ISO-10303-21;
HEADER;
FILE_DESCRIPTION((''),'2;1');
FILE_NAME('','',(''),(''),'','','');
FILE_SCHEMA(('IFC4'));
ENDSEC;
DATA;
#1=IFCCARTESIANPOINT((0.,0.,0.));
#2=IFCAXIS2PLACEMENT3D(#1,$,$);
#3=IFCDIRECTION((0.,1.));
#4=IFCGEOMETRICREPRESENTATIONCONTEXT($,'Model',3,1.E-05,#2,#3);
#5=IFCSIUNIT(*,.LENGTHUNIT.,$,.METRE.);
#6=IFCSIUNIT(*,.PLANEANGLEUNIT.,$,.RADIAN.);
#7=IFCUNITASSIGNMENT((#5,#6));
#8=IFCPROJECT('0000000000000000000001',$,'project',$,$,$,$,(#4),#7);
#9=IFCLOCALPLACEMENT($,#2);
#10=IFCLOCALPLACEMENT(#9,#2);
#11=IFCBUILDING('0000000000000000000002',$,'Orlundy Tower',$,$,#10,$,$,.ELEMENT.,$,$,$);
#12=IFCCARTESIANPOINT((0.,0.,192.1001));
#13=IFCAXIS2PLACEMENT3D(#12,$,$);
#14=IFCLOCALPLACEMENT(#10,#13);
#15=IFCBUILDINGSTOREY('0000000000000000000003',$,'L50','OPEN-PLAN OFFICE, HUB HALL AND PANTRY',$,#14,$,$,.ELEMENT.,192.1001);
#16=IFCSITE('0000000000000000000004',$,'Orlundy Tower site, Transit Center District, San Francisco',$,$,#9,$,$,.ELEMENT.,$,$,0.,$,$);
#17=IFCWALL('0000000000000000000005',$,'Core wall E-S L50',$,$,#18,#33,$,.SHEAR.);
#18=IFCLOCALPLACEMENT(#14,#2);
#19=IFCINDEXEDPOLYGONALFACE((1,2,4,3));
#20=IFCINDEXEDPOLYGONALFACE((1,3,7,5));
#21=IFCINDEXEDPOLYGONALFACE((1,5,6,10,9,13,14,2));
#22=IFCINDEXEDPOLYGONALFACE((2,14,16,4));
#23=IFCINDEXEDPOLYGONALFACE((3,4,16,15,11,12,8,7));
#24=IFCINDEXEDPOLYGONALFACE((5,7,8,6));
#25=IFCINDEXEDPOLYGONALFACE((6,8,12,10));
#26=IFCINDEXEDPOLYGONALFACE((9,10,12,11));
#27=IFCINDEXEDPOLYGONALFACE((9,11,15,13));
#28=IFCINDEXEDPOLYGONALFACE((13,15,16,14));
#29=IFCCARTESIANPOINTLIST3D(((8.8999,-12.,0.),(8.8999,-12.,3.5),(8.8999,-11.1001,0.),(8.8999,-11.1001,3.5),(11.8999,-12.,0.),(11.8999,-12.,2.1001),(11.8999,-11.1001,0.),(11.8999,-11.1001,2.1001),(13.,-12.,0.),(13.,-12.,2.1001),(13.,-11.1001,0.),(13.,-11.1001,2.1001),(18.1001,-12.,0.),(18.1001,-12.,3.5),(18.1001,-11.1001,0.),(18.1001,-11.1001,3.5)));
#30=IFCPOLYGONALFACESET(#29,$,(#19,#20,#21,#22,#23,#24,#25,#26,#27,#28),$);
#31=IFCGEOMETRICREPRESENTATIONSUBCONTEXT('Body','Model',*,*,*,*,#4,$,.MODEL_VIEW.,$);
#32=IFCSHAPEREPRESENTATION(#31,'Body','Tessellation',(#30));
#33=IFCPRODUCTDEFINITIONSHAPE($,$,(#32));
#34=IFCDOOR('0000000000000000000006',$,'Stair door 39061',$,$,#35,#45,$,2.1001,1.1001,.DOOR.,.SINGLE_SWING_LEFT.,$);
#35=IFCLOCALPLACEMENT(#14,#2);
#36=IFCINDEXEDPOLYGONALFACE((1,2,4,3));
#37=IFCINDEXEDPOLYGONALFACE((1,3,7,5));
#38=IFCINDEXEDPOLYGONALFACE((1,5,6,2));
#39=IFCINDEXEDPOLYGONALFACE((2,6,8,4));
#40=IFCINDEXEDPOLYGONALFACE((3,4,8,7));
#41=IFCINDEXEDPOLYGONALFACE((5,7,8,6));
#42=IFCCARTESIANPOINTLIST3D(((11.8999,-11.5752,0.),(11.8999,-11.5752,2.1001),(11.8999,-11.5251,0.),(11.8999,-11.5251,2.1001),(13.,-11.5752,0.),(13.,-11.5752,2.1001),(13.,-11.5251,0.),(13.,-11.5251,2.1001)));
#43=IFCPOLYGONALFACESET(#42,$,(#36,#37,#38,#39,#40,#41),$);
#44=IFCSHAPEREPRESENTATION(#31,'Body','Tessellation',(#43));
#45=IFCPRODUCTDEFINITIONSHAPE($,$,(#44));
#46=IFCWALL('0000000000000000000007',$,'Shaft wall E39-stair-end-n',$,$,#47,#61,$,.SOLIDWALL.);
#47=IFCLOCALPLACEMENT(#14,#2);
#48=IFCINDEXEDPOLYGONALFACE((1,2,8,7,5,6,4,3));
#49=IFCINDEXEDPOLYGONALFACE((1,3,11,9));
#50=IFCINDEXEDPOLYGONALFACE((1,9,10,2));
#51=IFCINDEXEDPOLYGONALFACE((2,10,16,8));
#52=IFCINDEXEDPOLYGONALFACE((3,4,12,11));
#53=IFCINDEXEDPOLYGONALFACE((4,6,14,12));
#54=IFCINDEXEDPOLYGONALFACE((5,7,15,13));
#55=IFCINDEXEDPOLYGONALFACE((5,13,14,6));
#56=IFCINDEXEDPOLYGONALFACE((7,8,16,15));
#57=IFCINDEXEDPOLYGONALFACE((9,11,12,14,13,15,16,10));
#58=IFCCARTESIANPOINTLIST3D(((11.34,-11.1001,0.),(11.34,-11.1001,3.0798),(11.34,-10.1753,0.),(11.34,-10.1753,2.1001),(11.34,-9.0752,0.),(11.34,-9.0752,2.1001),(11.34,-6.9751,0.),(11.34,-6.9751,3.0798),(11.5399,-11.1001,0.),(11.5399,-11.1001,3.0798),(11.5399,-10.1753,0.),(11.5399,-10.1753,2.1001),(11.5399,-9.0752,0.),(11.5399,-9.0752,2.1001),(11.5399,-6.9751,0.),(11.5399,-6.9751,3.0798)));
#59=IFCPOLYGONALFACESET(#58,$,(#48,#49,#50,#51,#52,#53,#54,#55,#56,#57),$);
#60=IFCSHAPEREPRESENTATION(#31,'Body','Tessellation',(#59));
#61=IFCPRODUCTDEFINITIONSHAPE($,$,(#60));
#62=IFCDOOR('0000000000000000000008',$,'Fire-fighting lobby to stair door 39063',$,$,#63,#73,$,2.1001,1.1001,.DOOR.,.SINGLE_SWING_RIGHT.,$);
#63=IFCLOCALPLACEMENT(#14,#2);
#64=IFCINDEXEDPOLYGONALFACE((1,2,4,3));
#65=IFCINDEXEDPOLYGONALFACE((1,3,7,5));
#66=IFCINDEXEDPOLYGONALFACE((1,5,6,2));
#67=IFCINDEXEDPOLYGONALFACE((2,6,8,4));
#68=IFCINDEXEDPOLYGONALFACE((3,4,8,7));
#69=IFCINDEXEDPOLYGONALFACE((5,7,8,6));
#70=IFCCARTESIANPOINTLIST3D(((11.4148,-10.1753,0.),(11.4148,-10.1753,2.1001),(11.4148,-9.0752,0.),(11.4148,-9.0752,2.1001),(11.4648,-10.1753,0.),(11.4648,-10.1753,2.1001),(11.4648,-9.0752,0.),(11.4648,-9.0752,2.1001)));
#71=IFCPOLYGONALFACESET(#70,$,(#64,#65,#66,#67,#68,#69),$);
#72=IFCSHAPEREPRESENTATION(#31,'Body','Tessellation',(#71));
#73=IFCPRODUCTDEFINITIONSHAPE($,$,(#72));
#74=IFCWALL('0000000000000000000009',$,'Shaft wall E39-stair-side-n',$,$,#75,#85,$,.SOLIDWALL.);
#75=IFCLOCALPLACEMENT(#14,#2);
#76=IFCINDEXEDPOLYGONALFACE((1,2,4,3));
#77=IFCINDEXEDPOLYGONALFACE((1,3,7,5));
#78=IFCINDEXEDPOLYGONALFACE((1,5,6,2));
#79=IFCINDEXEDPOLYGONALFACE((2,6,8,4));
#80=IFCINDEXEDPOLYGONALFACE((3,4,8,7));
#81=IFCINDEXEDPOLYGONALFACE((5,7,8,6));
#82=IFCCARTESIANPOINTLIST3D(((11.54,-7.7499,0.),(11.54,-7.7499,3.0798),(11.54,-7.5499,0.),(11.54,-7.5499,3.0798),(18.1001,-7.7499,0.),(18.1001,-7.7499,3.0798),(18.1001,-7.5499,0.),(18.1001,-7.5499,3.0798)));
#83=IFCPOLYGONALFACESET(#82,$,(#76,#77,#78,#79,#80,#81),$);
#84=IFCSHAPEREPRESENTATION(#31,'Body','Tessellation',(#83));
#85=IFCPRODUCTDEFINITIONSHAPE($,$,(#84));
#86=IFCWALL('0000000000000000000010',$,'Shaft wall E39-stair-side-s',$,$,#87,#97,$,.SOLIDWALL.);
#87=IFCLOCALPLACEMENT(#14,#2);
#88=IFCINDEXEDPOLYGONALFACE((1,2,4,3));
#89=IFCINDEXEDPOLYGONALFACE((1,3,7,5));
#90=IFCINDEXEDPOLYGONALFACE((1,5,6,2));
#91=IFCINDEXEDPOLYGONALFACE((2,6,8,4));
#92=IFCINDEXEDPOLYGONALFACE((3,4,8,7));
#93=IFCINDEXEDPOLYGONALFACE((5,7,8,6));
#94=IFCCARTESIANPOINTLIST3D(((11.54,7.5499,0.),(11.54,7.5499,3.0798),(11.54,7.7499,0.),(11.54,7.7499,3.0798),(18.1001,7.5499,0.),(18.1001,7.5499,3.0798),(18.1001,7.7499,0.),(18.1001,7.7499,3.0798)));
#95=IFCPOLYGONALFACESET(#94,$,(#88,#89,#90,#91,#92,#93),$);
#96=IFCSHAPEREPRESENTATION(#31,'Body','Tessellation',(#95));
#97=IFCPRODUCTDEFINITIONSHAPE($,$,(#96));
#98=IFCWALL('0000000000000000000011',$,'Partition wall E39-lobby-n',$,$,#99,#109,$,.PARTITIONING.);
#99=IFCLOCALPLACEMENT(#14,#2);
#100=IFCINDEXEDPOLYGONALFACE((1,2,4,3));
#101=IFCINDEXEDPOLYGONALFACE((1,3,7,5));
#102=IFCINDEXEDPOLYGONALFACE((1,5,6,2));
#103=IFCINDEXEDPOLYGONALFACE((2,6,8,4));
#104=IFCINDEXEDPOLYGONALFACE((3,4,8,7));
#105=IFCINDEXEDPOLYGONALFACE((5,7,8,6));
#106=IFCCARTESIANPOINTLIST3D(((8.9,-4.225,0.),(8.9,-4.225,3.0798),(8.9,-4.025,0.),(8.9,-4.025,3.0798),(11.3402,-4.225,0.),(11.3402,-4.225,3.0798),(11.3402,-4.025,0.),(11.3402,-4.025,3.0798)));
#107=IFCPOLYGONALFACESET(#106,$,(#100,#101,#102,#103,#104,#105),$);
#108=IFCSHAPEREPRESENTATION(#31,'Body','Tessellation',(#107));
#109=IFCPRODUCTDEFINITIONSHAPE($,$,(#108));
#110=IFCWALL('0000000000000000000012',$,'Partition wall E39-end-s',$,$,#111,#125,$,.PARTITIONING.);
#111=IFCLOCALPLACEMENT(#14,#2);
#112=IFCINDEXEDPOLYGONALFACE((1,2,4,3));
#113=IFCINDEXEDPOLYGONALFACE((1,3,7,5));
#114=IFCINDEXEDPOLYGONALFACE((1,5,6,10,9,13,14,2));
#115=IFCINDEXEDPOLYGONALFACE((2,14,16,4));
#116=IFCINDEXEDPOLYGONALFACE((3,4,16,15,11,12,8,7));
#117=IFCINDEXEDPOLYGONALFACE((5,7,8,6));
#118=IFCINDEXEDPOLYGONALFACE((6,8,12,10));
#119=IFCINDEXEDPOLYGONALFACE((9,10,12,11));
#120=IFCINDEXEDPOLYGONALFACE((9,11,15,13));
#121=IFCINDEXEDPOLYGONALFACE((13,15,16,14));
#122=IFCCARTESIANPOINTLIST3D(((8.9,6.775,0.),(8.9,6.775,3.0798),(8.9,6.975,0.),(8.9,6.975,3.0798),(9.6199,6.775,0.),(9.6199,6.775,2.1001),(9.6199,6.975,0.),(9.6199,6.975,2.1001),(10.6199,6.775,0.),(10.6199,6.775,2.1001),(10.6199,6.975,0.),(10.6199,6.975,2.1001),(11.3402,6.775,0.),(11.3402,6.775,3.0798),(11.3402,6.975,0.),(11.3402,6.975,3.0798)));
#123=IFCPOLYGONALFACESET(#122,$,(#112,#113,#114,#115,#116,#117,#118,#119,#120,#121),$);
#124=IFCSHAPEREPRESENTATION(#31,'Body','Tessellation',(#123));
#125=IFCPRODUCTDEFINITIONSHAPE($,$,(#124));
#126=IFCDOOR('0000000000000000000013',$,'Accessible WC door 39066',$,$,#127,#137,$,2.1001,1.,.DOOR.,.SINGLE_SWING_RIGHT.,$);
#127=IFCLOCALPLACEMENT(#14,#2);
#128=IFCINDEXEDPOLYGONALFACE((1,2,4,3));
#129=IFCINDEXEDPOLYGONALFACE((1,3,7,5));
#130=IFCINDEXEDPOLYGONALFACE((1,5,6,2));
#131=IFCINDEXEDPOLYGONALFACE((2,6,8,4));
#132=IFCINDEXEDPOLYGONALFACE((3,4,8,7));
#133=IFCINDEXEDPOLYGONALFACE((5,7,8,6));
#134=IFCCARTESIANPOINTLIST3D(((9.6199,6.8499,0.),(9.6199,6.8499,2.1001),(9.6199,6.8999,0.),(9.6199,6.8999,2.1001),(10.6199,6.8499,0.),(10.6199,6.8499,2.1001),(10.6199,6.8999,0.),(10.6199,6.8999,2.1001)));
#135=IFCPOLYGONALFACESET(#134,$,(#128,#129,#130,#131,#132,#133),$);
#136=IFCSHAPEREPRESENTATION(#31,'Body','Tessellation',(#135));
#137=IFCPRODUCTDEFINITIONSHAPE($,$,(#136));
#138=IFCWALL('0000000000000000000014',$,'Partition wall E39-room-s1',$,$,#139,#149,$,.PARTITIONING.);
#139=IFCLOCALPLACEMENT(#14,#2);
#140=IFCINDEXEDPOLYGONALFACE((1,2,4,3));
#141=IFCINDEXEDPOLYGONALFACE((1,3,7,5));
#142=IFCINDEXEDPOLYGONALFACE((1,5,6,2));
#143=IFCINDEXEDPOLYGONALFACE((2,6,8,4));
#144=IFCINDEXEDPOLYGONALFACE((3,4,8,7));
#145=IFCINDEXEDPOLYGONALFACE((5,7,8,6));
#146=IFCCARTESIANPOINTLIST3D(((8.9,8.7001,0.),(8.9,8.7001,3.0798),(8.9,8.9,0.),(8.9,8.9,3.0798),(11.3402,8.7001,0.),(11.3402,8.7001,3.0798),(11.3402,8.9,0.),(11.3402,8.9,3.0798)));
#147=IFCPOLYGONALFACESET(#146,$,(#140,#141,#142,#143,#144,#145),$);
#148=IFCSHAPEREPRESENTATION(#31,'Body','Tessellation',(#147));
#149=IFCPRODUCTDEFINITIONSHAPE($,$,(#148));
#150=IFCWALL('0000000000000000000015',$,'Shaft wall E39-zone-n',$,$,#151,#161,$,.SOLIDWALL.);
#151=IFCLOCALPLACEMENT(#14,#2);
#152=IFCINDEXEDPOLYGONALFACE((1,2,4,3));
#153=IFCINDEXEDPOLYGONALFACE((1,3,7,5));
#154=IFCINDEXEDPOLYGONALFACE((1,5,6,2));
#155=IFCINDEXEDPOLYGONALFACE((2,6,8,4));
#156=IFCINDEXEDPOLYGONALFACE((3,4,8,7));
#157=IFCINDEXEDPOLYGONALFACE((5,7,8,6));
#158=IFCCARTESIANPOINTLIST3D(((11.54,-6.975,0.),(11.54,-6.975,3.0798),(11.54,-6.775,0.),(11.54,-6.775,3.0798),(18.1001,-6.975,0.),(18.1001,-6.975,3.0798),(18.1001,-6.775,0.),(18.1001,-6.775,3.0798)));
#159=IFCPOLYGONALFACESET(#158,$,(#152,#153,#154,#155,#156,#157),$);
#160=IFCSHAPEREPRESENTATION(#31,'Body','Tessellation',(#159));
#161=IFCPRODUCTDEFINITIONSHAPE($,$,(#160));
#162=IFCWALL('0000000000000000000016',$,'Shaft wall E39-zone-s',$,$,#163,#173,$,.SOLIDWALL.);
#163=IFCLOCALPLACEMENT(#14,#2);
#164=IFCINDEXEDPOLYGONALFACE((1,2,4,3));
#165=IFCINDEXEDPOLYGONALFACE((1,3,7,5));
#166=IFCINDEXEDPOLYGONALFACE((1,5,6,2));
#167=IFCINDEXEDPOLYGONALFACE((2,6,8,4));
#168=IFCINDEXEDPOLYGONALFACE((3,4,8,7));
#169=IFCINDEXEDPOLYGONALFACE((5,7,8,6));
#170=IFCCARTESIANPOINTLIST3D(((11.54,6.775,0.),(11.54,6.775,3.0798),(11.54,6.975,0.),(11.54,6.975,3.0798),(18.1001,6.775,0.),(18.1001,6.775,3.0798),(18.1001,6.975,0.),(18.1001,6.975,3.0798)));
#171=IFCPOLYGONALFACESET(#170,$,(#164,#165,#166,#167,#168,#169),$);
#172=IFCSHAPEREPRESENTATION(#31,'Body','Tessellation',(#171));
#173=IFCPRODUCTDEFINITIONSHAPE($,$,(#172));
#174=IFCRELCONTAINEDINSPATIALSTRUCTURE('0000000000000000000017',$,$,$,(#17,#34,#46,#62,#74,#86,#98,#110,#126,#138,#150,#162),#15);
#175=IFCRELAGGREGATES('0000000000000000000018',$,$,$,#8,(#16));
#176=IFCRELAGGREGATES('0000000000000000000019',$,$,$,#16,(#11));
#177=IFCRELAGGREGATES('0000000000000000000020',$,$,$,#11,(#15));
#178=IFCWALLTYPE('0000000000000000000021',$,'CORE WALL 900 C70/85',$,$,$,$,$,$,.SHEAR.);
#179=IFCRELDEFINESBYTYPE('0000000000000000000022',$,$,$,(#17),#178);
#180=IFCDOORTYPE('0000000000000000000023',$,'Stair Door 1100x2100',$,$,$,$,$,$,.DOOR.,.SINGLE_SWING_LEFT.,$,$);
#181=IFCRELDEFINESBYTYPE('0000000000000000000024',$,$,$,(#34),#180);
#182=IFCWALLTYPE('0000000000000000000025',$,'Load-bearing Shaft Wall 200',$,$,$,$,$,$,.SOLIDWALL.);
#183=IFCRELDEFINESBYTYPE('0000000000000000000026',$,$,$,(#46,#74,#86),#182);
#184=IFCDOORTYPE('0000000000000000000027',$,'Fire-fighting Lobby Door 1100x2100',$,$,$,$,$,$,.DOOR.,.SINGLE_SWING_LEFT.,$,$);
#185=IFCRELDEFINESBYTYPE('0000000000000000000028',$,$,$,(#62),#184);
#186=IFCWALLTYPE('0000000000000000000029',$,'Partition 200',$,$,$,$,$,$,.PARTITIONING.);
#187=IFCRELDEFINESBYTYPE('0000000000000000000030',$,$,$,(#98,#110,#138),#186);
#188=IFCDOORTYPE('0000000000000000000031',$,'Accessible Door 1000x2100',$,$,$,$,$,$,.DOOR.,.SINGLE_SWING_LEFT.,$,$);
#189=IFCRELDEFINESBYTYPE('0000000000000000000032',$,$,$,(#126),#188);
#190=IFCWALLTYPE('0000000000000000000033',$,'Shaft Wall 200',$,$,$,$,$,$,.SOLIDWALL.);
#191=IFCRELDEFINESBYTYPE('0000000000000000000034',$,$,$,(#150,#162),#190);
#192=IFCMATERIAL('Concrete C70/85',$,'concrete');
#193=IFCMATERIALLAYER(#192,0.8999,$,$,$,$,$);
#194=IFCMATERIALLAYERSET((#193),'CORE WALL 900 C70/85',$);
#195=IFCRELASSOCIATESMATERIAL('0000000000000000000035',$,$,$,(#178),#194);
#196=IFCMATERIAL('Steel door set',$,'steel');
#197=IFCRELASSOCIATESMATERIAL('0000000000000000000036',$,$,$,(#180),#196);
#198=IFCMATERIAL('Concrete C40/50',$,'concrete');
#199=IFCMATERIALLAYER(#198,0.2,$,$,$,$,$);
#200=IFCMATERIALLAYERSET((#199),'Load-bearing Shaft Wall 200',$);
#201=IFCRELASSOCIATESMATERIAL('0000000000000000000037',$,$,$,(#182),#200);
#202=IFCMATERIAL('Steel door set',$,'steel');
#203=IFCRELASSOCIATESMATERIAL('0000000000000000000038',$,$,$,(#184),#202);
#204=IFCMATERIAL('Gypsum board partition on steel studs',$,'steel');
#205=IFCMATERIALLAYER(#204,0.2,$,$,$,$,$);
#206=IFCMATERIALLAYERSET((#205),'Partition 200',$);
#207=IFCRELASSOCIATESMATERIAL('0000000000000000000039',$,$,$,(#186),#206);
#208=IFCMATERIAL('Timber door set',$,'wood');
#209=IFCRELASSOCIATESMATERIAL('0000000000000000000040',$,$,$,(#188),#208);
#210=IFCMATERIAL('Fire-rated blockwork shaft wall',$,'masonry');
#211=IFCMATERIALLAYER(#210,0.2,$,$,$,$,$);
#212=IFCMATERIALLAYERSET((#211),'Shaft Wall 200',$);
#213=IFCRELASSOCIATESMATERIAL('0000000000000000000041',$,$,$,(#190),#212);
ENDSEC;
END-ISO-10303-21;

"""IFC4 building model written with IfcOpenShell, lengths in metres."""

from ifc_helpers import new_model, si_unit, direction, frame, frame_2d, origin, place, context, subcontext, project, spatial, rectangle, extrude, material, layer, layer_set, type_object, element, fill, save


model = new_model("IFC4")

# Units and contexts
model_context = context("Model", 3, precision=1e-05, world=origin(), true_north=direction((0.0, 1.0)))
body_context = subcontext(model_context, "Body", "Model", "MODEL_VIEW")
ifc_project = project(units=[si_unit("LENGTHUNIT", "METRE"), si_unit("PLANEANGLEUNIT", "RADIAN")], contexts=[model_context])

# Site, building, storey
site_placement = place(None, origin())
site = spatial("IfcSite", under=ifc_project, at=site_placement, Name="Orlundy Tower site, Transit Center District, San Francisco", CompositionType="ELEMENT", RefElevation=0.0)
building_placement = place(site_placement, origin())
building = spatial("IfcBuilding", under=site, at=building_placement, Name="Orlundy Tower", CompositionType="ELEMENT")
storey_placement = place(building_placement, frame((0.0, 0.0, 192.1001)))
storey = spatial("IfcBuildingStorey", under=building, at=storey_placement, Name="L50", Description="OPEN-PLAN OFFICE, HUB HALL AND PANTRY", CompositionType="ELEMENT", Elevation=192.1001)

# Walls, openings, doors
ifc_material_1 = material(Name="Concrete C70/85", Category="concrete")
ifc_layer_1 = layer(ifc_material_1, 0.8999)
ifc_layer_set_1 = layer_set([ifc_layer_1], Name="CORE WALL 900 C70/85")
wall_type_1 = type_object("IfcWallType", Name="CORE WALL 900 C70/85", PredefinedType="SHEAR", material=ifc_layer_set_1)
wall_1_placement = place(storey_placement, frame((8.8999, -11.55, 0.0), z_axis=(0.0, 0.0, 1.0), x_axis=(1.0, 0.0, 0.0)))
wall_1 = element("IfcWall", 1, at=wall_1_placement, inside=storey, type_object=wall_type_1, Name="Core wall E-S L50", PredefinedType="SHEAR", context=body_context, shape_type="SweptSolid", body=[
    extrude(rectangle(XDim=9.2002, YDim=0.8999, at=frame_2d((4.6001, 0.0))), origin(), (0.0, 0.0, 1.0), 3.5),
])
opening_1_placement = place(wall_1_placement, frame((3.0, 0.0, 0.0)))
opening_1 = element("IfcOpeningElement", 2, at=opening_1_placement, cuts=wall_1, PredefinedType="OPENING", context=body_context, shape_type="SweptSolid", body=[
    extrude(rectangle(XDim=1.1001, YDim=2.1001, at=frame_2d((0.55, 1.05))), frame((0.0, 0.46, 0.0), z_axis=(0.0, -1.0, 0.0), x_axis=(1.0, 0.0, 0.0)), (0.0, 0.0, 1.0), 0.9199),
])
ifc_material_2 = material(Name="Steel door set", Category="steel")
door_type_1 = type_object("IfcDoorType", Name="Stair Door 1100x2100", OperationType="SINGLE_SWING_LEFT", PredefinedType="DOOR", material=ifc_material_2)
door_1_placement = place(opening_1_placement, origin())
door_1 = element("IfcDoor", 3, at=door_1_placement, inside=storey, type_object=door_type_1, Name="Stair door 39061", OperationType="SINGLE_SWING_LEFT", OverallHeight=2.1001, OverallWidth=1.1001, PredefinedType="DOOR", context=body_context, shape_type="SweptSolid", body=[
    extrude(rectangle(XDim=1.1001, YDim=2.1001, at=frame_2d((0.55, 1.05))), frame((0.0, 0.0249, 0.0), z_axis=(0.0, -1.0, 0.0), x_axis=(1.0, 0.0, 0.0)), (0.0, 0.0, 1.0), 0.05),
])
fill(opening_1, door_1)
ifc_material_3 = material(Name="Concrete C40/50", Category="concrete")
ifc_layer_2 = layer(ifc_material_3, 0.2)
ifc_layer_set_2 = layer_set([ifc_layer_2], Name="Load-bearing Shaft Wall 200")
wall_type_2 = type_object("IfcWallType", Name="Load-bearing Shaft Wall 200", PredefinedType="SOLIDWALL", material=ifc_layer_set_2)
wall_2_placement = place(storey_placement, frame((11.4399, -6.9751, 0.0), z_axis=(0.0, 0.0, 1.0), x_axis=(0.0, -1.0, 0.0)))
wall_2 = element("IfcWall", 4, at=wall_2_placement, inside=storey, type_object=wall_type_2, Name="Shaft wall E39-stair-end-n", PredefinedType="SOLIDWALL", context=body_context, shape_type="SweptSolid", body=[
    extrude(rectangle(XDim=4.125, YDim=0.2, at=frame_2d((2.0625, 0.0))), origin(), (0.0, 0.0, 1.0), 3.0798),
])
opening_2_placement = place(wall_2_placement, frame((2.1001, 0.0, 0.0)))
opening_2 = element("IfcOpeningElement", 5, at=opening_2_placement, cuts=wall_2, PredefinedType="OPENING", context=body_context, shape_type="SweptSolid", body=[
    extrude(rectangle(XDim=1.1001, YDim=2.1001, at=frame_2d((0.55, 1.05))), frame((0.0, 0.1101, 0.0), z_axis=(0.0, -1.0, 0.0), x_axis=(1.0, 0.0, 0.0)), (0.0, 0.0, 1.0), 0.2202),
])
ifc_material_4 = material(Name="Steel door set", Category="steel")
door_type_2 = type_object("IfcDoorType", Name="Fire-fighting Lobby Door 1100x2100", OperationType="SINGLE_SWING_LEFT", PredefinedType="DOOR", material=ifc_material_4)
door_2_placement = place(opening_2_placement, origin())
door_2 = element("IfcDoor", 6, at=door_2_placement, inside=storey, type_object=door_type_2, Name="Fire-fighting lobby to stair door 39063", OperationType="SINGLE_SWING_RIGHT", OverallHeight=2.1001, OverallWidth=1.1001, PredefinedType="DOOR", context=body_context, shape_type="SweptSolid", body=[
    extrude(rectangle(XDim=1.1001, YDim=2.1001, at=frame_2d((0.55, 1.05))), frame((0.0, 0.0249, 0.0), z_axis=(0.0, -1.0, 0.0), x_axis=(1.0, 0.0, 0.0)), (0.0, 0.0, 1.0), 0.05),
])
fill(opening_2, door_2)

# Walls
for number, where, z_axis, x_axis, name in (
    (7, (11.54, -7.6499, 0.0), (0.0, 0.0, 1.0), (1.0, 0.0, 0.0), "Shaft wall E39-stair-side-n"),
    (8, (11.54, 7.6499, 0.0), (0.0, 0.0, 1.0), (1.0, 0.0, 0.0), "Shaft wall E39-stair-side-s"),
):
    element("IfcWall", number, at=place(storey_placement, frame(where, z_axis=z_axis, x_axis=x_axis)), inside=storey, type_object=wall_type_2, Name=name, PredefinedType="SOLIDWALL", context=body_context, shape_type="SweptSolid", body=[
        extrude(rectangle(XDim=6.5601, YDim=0.2, at=frame_2d((3.28, 0.0))), origin(), (0.0, 0.0, 1.0), 3.0798),
    ])
ifc_material_5 = material(Name="Gypsum board partition on steel studs", Category="steel")
ifc_layer_3 = layer(ifc_material_5, 0.2)
ifc_layer_set_3 = layer_set([ifc_layer_3], Name="Partition 200")
wall_type_3 = type_object("IfcWallType", Name="Partition 200", PredefinedType="PARTITIONING", material=ifc_layer_set_3)
wall_3_placement = place(storey_placement, frame((8.8999, -4.125, 0.0), z_axis=(0.0, 0.0, 1.0), x_axis=(1.0, 0.0, 0.0)))
element("IfcWall", 9, at=wall_3_placement, inside=storey, type_object=wall_type_3, Name="Partition wall E39-lobby-n", PredefinedType="PARTITIONING", context=body_context, shape_type="SweptSolid", body=[
    extrude(rectangle(XDim=2.4402, YDim=0.2, at=frame_2d((1.2202, 0.0))), origin(), (0.0, 0.0, 1.0), 3.0798),
])

# Wall, opening, door
wall_4_placement = place(storey_placement, frame((8.8999, 6.875, 0.0), z_axis=(0.0, 0.0, 1.0), x_axis=(1.0, 0.0, 0.0)))
wall_4 = element("IfcWall", 10, at=wall_4_placement, inside=storey, type_object=wall_type_3, Name="Partition wall E39-end-s", PredefinedType="PARTITIONING", context=body_context, shape_type="SweptSolid", body=[
    extrude(rectangle(XDim=2.4402, YDim=0.2, at=frame_2d((1.2202, 0.0))), origin(), (0.0, 0.0, 1.0), 3.0798),
])
opening_3_placement = place(wall_4_placement, frame((0.72, 0.0, 0.0)))
opening_3 = element("IfcOpeningElement", 11, at=opening_3_placement, cuts=wall_4, PredefinedType="OPENING", context=body_context, shape_type="SweptSolid", body=[
    extrude(rectangle(XDim=1.0, YDim=2.1001, at=frame_2d((0.5, 1.05))), frame((0.0, 0.1101, 0.0), z_axis=(0.0, -1.0, 0.0), x_axis=(1.0, 0.0, 0.0)), (0.0, 0.0, 1.0), 0.2202),
])
ifc_material_6 = material(Name="Timber door set", Category="wood")
door_type_3 = type_object("IfcDoorType", Name="Accessible Door 1000x2100", OperationType="SINGLE_SWING_LEFT", PredefinedType="DOOR", material=ifc_material_6)
door_3_placement = place(opening_3_placement, origin())
door_3 = element("IfcDoor", 12, at=door_3_placement, inside=storey, type_object=door_type_3, Name="Accessible WC door 39066", OperationType="SINGLE_SWING_RIGHT", OverallHeight=2.1001, OverallWidth=1.0, PredefinedType="DOOR", context=body_context, shape_type="SweptSolid", body=[
    extrude(rectangle(XDim=1.0, YDim=2.1001, at=frame_2d((0.5, 1.05))), frame((0.0, 0.0249, 0.0), z_axis=(0.0, -1.0, 0.0), x_axis=(1.0, 0.0, 0.0)), (0.0, 0.0, 1.0), 0.05),
])
fill(opening_3, door_3)

# Walls
wall_5_placement = place(storey_placement, frame((8.8999, 8.8, 0.0), z_axis=(0.0, 0.0, 1.0), x_axis=(1.0, 0.0, 0.0)))
element("IfcWall", 13, at=wall_5_placement, inside=storey, type_object=wall_type_3, Name="Partition wall E39-room-s1", PredefinedType="PARTITIONING", context=body_context, shape_type="SweptSolid", body=[
    extrude(rectangle(XDim=2.4402, YDim=0.2, at=frame_2d((1.2202, 0.0))), origin(), (0.0, 0.0, 1.0), 3.0798),
])
ifc_material_7 = material(Name="Fire-rated blockwork shaft wall", Category="masonry")
ifc_layer_4 = layer(ifc_material_7, 0.2)
ifc_layer_set_4 = layer_set([ifc_layer_4], Name="Shaft Wall 200")
wall_type_4 = type_object("IfcWallType", Name="Shaft Wall 200", PredefinedType="SOLIDWALL", material=ifc_layer_set_4)
for number, where, z_axis, x_axis, name in (
    (14, (11.54, -6.875, 0.0), (0.0, 0.0, 1.0), (1.0, 0.0, 0.0), "Shaft wall E39-zone-n"),
    (15, (11.54, 6.875, 0.0), (0.0, 0.0, 1.0), (1.0, 0.0, 0.0), "Shaft wall E39-zone-s"),
):
    element("IfcWall", number, at=place(storey_placement, frame(where, z_axis=z_axis, x_axis=x_axis)), inside=storey, type_object=wall_type_4, Name=name, PredefinedType="SOLIDWALL", context=body_context, shape_type="SweptSolid", body=[
        extrude(rectangle(XDim=6.5601, YDim=0.2, at=frame_2d((3.28, 0.0))), origin(), (0.0, 0.0, 1.0), 3.0798),
    ])

save(model, "model.ifc")
